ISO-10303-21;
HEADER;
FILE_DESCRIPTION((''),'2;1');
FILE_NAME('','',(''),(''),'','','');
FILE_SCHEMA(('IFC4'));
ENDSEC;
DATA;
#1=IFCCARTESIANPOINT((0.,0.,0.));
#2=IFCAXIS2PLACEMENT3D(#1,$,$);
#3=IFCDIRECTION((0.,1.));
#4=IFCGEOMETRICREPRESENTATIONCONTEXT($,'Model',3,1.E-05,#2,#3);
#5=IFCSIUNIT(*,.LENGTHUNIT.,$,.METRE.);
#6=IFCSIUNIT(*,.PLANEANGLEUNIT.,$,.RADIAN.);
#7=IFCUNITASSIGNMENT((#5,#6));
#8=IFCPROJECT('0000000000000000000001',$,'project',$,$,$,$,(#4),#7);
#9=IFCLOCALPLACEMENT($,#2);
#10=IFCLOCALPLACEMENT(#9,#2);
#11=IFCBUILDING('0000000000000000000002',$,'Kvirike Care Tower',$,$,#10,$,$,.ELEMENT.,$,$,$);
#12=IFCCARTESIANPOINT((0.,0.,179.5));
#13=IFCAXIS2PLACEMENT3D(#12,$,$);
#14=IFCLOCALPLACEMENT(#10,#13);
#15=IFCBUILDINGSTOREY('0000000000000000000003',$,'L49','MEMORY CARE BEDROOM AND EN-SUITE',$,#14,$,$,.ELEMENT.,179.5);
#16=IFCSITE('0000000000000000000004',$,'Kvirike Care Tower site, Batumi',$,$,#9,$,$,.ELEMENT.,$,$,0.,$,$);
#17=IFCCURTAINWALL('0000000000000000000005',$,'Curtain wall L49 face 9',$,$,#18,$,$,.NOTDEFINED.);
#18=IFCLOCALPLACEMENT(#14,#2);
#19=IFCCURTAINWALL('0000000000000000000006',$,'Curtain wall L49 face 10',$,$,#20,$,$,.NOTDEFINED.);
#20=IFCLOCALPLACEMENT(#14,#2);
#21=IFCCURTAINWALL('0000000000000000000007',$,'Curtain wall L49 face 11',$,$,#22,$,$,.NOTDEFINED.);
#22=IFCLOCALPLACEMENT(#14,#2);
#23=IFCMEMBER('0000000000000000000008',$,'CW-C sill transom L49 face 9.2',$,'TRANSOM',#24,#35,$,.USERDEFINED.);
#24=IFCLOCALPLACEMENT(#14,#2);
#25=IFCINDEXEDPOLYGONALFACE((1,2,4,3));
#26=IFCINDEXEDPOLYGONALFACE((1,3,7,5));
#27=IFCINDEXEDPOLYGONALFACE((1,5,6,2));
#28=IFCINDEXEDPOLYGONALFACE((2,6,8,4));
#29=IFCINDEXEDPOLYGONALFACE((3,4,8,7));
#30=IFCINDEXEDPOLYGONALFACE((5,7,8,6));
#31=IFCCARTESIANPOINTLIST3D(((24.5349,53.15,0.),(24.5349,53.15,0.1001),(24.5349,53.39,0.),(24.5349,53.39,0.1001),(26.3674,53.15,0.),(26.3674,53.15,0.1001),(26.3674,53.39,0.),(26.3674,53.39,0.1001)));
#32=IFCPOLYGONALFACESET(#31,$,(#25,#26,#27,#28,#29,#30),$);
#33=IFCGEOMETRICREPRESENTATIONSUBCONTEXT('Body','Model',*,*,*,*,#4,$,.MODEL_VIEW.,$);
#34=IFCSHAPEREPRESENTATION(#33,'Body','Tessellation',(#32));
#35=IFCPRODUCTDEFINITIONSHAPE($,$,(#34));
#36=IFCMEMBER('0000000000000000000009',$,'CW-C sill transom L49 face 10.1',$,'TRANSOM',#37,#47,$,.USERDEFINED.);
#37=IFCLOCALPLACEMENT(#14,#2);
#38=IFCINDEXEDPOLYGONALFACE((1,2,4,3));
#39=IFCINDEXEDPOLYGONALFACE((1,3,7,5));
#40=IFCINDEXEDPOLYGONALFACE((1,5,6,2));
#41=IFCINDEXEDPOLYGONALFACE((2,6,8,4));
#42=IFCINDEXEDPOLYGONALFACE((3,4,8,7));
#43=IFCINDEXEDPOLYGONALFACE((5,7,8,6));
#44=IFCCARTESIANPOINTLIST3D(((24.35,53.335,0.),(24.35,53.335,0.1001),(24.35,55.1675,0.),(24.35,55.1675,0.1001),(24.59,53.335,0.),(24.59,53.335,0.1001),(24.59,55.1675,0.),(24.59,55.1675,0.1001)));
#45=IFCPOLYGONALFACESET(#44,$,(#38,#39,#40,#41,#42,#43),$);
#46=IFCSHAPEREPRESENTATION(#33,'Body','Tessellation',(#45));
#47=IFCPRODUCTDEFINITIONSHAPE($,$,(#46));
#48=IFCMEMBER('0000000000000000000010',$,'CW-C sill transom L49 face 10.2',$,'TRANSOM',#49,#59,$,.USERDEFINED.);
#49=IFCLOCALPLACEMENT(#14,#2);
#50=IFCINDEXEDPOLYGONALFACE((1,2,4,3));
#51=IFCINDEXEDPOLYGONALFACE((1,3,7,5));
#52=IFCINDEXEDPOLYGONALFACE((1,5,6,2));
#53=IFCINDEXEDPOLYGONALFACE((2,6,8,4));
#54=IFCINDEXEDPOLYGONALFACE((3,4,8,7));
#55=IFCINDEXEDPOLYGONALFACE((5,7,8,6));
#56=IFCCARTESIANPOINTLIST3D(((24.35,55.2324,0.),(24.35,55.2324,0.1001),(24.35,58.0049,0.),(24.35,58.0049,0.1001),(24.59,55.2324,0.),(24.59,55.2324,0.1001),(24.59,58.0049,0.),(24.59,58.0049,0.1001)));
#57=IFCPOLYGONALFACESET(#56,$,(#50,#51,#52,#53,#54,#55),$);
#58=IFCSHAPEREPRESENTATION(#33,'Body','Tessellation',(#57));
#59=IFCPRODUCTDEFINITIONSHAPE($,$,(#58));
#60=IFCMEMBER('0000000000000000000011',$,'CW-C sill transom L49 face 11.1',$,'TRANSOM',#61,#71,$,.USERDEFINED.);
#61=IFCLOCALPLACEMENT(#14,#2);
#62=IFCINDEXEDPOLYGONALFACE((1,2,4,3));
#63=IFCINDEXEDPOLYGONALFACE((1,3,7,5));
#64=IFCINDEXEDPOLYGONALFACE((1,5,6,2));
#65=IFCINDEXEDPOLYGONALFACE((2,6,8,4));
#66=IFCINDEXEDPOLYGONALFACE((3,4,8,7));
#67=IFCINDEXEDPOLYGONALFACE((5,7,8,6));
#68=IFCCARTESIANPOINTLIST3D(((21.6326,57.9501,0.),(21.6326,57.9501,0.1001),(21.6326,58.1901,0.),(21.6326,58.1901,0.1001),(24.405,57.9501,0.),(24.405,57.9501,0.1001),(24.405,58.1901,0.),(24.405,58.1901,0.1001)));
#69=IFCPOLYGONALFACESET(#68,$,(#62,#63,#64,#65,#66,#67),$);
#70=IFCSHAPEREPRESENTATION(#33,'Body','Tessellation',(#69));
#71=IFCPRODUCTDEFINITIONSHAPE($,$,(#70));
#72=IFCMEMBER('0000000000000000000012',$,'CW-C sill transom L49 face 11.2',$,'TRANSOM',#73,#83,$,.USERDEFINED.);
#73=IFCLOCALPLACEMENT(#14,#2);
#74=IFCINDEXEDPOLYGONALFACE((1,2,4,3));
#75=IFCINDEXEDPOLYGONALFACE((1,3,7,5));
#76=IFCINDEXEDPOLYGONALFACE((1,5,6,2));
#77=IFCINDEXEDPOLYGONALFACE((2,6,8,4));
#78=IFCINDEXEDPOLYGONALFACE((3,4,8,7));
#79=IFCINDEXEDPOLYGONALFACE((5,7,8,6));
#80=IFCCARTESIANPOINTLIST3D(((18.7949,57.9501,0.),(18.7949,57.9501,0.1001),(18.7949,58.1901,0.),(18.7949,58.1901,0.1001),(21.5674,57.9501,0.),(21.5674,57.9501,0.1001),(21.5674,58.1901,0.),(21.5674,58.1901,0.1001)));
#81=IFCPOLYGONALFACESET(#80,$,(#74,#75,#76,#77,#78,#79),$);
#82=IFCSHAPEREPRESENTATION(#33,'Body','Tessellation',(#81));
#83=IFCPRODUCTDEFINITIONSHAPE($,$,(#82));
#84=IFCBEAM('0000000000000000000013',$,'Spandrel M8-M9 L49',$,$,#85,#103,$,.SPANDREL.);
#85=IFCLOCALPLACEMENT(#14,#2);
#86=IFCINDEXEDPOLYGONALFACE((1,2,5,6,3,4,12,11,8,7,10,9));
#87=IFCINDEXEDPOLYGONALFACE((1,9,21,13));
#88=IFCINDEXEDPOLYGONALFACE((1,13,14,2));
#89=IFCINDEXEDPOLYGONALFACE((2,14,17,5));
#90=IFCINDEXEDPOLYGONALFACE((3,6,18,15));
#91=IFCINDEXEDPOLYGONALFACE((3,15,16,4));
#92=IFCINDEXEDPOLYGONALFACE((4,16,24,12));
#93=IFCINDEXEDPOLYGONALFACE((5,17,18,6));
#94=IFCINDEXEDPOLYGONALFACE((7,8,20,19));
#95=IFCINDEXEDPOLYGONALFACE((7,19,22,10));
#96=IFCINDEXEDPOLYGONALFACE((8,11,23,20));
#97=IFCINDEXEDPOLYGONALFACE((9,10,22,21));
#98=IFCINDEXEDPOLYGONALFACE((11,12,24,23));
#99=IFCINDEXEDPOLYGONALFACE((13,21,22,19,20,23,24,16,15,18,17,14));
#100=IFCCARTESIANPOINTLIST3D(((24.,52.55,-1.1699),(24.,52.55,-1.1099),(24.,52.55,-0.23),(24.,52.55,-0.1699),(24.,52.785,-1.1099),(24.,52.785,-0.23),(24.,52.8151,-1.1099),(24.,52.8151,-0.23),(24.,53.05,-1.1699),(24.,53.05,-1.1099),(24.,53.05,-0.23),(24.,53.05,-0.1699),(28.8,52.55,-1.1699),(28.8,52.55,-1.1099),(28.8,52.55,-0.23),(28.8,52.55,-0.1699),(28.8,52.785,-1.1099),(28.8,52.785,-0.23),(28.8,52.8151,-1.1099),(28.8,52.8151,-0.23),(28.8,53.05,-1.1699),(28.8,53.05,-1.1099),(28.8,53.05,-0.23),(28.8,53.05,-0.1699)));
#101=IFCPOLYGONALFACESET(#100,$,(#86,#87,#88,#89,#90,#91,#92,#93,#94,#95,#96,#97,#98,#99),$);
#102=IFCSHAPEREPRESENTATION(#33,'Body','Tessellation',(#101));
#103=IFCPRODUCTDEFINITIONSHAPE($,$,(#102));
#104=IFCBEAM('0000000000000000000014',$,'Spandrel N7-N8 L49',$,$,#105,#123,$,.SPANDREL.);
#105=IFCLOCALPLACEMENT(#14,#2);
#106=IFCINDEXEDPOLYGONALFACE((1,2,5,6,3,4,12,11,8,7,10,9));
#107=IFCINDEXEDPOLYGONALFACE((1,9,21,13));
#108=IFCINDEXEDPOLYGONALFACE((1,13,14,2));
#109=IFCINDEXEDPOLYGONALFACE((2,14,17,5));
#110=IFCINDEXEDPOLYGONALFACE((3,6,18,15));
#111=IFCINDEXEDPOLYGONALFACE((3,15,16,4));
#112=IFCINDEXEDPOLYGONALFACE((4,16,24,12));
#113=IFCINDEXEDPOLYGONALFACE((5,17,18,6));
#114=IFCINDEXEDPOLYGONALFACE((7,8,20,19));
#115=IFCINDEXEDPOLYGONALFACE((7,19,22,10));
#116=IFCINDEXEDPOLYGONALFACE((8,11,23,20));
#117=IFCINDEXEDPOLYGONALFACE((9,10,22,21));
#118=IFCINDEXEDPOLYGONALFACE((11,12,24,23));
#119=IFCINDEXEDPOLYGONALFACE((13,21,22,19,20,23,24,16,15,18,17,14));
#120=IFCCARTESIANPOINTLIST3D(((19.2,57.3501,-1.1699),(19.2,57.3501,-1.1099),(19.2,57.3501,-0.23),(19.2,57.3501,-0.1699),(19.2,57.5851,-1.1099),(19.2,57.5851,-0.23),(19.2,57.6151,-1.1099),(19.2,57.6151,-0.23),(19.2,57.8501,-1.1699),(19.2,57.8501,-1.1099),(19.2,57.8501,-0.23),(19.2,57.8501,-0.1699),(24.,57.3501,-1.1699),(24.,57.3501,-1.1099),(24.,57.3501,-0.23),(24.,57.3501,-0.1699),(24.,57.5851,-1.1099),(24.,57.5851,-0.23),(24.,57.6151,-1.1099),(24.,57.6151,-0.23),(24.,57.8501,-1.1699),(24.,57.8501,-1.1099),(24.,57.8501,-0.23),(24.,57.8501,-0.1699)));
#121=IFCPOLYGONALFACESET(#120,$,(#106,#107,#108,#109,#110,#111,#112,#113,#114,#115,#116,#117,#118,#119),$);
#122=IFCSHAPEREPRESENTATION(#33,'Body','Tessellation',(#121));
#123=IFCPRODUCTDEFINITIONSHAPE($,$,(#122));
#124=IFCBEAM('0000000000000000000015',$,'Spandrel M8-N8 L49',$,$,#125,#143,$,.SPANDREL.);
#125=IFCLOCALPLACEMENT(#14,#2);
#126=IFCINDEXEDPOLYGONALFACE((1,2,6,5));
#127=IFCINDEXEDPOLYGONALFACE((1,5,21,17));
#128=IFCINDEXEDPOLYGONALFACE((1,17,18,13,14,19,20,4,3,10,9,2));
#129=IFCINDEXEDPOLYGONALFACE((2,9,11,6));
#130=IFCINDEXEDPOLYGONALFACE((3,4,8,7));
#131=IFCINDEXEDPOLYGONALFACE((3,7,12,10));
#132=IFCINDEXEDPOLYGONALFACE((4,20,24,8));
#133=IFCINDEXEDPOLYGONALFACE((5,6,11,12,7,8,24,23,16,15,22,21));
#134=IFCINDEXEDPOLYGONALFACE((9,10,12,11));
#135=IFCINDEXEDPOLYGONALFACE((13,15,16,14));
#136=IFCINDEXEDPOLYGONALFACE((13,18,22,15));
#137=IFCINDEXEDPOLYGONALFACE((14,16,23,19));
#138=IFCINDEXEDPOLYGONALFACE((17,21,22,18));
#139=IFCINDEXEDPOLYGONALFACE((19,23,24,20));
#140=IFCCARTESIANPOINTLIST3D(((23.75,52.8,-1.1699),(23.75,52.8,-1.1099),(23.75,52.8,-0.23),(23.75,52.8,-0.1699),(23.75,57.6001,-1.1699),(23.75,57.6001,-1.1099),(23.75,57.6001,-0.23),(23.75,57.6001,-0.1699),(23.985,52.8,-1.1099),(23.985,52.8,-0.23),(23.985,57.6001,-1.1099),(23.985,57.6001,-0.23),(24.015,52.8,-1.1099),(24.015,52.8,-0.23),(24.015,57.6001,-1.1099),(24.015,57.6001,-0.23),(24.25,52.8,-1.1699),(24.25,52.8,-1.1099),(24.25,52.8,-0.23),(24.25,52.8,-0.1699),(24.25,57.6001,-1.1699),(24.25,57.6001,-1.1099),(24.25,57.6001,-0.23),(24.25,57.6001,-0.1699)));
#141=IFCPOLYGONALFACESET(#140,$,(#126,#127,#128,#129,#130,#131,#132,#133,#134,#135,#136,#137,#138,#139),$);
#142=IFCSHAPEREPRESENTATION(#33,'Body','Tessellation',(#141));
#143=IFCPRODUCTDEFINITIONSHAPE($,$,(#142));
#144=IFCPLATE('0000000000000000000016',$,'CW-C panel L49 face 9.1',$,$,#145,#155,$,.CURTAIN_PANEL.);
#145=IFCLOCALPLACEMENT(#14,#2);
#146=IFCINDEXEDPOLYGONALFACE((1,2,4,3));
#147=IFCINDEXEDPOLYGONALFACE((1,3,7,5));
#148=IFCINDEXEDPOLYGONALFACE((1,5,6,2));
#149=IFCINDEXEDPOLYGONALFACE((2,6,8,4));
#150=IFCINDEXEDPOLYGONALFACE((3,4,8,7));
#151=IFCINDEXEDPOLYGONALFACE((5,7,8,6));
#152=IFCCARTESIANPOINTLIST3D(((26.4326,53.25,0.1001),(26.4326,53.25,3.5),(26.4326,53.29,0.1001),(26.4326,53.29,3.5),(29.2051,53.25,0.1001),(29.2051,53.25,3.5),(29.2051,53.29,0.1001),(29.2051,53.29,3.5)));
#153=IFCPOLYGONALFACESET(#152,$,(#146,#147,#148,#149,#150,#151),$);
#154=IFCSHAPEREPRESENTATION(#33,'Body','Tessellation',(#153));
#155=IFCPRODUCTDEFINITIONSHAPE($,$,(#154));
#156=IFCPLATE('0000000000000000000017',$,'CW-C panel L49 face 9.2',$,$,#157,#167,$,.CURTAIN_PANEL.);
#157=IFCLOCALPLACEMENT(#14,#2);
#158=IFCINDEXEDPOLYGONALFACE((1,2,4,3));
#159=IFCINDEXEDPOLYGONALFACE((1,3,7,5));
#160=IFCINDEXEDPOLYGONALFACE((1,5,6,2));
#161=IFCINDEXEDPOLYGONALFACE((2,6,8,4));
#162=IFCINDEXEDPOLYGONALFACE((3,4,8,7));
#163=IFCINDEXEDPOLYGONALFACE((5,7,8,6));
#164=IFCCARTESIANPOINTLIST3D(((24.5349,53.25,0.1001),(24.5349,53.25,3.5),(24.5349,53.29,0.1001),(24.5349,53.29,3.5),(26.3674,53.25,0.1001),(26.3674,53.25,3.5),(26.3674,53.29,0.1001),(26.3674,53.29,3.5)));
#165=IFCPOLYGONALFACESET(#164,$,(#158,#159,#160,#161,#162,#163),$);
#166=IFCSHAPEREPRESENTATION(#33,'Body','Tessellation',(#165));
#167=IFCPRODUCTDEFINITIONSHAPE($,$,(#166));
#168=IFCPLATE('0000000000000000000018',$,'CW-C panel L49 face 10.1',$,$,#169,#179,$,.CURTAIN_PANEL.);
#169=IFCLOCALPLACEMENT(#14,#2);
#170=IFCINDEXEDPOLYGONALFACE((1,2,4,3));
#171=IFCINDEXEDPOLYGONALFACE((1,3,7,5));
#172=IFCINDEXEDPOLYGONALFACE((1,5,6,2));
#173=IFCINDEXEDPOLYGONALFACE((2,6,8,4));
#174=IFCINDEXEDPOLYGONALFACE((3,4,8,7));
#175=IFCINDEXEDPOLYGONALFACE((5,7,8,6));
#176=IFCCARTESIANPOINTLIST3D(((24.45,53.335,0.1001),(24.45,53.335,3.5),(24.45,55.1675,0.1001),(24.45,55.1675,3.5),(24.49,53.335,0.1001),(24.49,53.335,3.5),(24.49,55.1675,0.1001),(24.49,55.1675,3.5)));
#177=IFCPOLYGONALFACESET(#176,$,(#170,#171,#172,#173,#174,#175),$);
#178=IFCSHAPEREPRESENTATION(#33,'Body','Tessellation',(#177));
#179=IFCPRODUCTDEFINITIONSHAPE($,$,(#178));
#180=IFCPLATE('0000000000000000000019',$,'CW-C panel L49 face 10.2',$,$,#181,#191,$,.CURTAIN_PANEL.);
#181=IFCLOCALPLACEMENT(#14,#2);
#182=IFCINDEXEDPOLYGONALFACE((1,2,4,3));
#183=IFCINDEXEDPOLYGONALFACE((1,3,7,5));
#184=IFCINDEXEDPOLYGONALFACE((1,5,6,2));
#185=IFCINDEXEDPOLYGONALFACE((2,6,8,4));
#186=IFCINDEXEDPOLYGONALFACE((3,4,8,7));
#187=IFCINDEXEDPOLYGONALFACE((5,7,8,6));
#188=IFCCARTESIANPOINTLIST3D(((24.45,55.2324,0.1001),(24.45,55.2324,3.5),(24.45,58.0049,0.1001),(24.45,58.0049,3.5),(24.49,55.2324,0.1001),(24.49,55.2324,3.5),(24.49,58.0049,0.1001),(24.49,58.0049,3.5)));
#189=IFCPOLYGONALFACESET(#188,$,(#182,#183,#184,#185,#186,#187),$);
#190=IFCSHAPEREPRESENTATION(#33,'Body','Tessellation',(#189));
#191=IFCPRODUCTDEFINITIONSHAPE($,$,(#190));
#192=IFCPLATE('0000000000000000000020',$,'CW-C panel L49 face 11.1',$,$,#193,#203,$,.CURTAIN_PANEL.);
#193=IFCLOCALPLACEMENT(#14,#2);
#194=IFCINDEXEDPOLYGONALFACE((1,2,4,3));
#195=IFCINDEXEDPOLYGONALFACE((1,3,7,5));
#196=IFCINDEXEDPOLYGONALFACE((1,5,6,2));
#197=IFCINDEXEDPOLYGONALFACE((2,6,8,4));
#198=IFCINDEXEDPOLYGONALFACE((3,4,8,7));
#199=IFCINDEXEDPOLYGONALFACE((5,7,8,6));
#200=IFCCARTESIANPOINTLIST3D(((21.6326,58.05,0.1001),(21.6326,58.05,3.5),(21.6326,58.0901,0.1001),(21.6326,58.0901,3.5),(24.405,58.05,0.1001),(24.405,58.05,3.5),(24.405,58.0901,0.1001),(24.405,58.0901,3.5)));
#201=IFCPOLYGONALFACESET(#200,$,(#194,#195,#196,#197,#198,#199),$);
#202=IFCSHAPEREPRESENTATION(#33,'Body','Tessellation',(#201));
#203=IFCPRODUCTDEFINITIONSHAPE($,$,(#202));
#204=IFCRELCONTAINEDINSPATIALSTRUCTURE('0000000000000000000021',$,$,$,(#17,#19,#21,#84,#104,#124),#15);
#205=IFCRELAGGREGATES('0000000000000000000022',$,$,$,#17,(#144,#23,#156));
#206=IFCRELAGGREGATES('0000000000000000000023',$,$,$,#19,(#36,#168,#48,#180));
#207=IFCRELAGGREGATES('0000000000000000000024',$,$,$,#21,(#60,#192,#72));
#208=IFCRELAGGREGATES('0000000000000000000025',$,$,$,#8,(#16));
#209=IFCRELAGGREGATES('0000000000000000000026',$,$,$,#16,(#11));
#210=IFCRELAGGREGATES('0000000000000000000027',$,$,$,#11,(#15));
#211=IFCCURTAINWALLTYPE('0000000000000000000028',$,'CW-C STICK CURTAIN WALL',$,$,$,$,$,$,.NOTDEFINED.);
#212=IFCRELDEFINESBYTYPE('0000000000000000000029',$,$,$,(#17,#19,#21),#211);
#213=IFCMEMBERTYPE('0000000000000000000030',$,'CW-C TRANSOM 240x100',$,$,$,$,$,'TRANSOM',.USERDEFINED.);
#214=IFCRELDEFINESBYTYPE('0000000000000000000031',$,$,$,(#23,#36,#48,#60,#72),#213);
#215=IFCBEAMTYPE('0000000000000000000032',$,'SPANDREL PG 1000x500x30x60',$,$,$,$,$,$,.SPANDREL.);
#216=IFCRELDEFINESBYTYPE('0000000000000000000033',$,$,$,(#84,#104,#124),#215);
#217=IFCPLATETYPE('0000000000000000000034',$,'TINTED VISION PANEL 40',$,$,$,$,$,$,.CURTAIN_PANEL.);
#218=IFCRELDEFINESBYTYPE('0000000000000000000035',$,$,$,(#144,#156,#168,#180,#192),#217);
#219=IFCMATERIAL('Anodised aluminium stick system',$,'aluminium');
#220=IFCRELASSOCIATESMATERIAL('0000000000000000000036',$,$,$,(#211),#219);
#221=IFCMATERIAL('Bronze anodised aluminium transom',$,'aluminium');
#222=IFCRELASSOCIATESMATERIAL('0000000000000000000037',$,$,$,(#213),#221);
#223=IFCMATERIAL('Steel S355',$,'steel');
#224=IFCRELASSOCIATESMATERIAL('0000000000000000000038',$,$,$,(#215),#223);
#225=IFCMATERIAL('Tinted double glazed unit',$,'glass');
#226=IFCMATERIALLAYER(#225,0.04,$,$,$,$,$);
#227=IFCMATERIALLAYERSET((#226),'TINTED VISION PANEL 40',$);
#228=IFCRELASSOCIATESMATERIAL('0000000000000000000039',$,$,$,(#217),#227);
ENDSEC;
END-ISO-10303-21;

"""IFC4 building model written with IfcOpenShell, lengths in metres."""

from ifc_helpers import new_model, si_unit, direction, frame, origin, origin_2d, place, context, subcontext, project, spatial, rectangle, i_section, extrude, material, layer, layer_set, material_profile, profile_set, type_object, element, aggregate, save


model = new_model("IFC4")

# Units and contexts
model_context = context("Model", 3, precision=1e-05, world=origin(), true_north=direction((0.0, 1.0)))
body_context = subcontext(model_context, "Body", "Model", "MODEL_VIEW")
ifc_project = project(units=[si_unit("LENGTHUNIT", "METRE"), si_unit("PLANEANGLEUNIT", "RADIAN")], contexts=[model_context])

# Site, building, storey
site_placement = place(None, origin())
site = spatial("IfcSite", under=ifc_project, at=site_placement, Name="Kvirike Care Tower site, Batumi", CompositionType="ELEMENT", RefElevation=0.0)
building_placement = place(site_placement, origin())
building = spatial("IfcBuilding", under=site, at=building_placement, Name="Kvirike Care Tower", CompositionType="ELEMENT")
storey_placement = place(building_placement, frame((0.0, 0.0, 179.5)))
storey = spatial("IfcBuildingStorey", under=building, at=storey_placement, Name="L49", Description="MEMORY CARE BEDROOM AND EN-SUITE", CompositionType="ELEMENT", Elevation=179.5)

# Curtain walls
ifc_material_1 = material(Name="Anodised aluminium stick system", Category="aluminium")
curtain_wall_type = type_object("IfcCurtainWallType", Name="CW-C STICK CURTAIN WALL", PredefinedType="NOTDEFINED", material=ifc_material_1)
curtain_wall_1_placement = place(storey_placement, origin())
curtain_wall_1 = element("IfcCurtainWall", 1, at=curtain_wall_1_placement, inside=storey, type_object=curtain_wall_type, Name="Curtain wall L49 face 9", PredefinedType="NOTDEFINED")
curtain_wall_2_placement = place(storey_placement, origin())
curtain_wall_2 = element("IfcCurtainWall", 2, at=curtain_wall_2_placement, inside=storey, type_object=curtain_wall_type, Name="Curtain wall L49 face 10", PredefinedType="NOTDEFINED")

# Curtain wall
curtain_wall_3_placement = place(storey_placement, origin())
curtain_wall_3 = element("IfcCurtainWall", 3, at=curtain_wall_3_placement, inside=storey, type_object=curtain_wall_type, Name="Curtain wall L49 face 11", PredefinedType="NOTDEFINED")

# Members
ifc_material_2 = material(Name="Bronze anodised aluminium transom", Category="aluminium")
ifc_material_profile_1 = material_profile(ifc_material_2, rectangle(XDim=0.24, YDim=0.1001, at=origin_2d()), Name="CW-C TRANSOM 240x100")
ifc_profile_set_1 = profile_set([ifc_material_profile_1], Name="Bronze anodised aluminium transom")
member_type_1 = type_object("IfcMemberType", Name="CW-C TRANSOM 240x100", ElementType="TRANSOM", PredefinedType="USERDEFINED", material=ifc_profile_set_1)
member_1_placement = place(storey_placement, frame((26.3674, 53.27, 0.05), z_axis=(-1.0, 0.0, 0.0), x_axis=(0.0, -1.0, 0.0)))
member_1 = element("IfcMember", 4, at=member_1_placement, type_object=member_type_1, Name="CW-C sill transom L49 face 9.2", ObjectType="TRANSOM", PredefinedType="USERDEFINED", context=body_context, shape_type="SweptSolid", body=[
    extrude(rectangle(XDim=0.24, YDim=0.1001, at=origin_2d()), origin(), (0.0, 0.0, 1.0), 1.8325),
])
member_2_placement = place(storey_placement, frame((24.47, 53.335, 0.05), z_axis=(0.0, 1.0, 0.0), x_axis=(-1.0, 0.0, 0.0)))
member_2 = element("IfcMember", 5, at=member_2_placement, type_object=member_type_1, Name="CW-C sill transom L49 face 10.1", ObjectType="TRANSOM", PredefinedType="USERDEFINED", context=body_context, shape_type="SweptSolid", body=[
    extrude(rectangle(XDim=0.24, YDim=0.1001, at=origin_2d()), origin(), (0.0, 0.0, 1.0), 1.8325),
])
member_3_placement = place(storey_placement, frame((24.47, 55.2324, 0.05), z_axis=(0.0, 1.0, 0.0), x_axis=(-1.0, 0.0, 0.0)))
member_3 = element("IfcMember", 6, at=member_3_placement, type_object=member_type_1, Name="CW-C sill transom L49 face 10.2", ObjectType="TRANSOM", PredefinedType="USERDEFINED", context=body_context, shape_type="SweptSolid", body=[
    extrude(rectangle(XDim=0.24, YDim=0.1001, at=origin_2d()), origin(), (0.0, 0.0, 1.0), 2.7725),
])
member_4_placement = place(storey_placement, frame((24.405, 58.0701, 0.05), z_axis=(-1.0, 0.0, 0.0), x_axis=(0.0, -1.0, 0.0)))
member_4 = element("IfcMember", 7, at=member_4_placement, type_object=member_type_1, Name="CW-C sill transom L49 face 11.1", ObjectType="TRANSOM", PredefinedType="USERDEFINED", context=body_context, shape_type="SweptSolid", body=[
    extrude(rectangle(XDim=0.24, YDim=0.1001, at=origin_2d()), origin(), (0.0, 0.0, 1.0), 2.7725),
])
member_5_placement = place(storey_placement, frame((21.5674, 58.0701, 0.05), z_axis=(-1.0, 0.0, 0.0), x_axis=(0.0, -1.0, 0.0)))
member_5 = element("IfcMember", 8, at=member_5_placement, type_object=member_type_1, Name="CW-C sill transom L49 face 11.2", ObjectType="TRANSOM", PredefinedType="USERDEFINED", context=body_context, shape_type="SweptSolid", body=[
    extrude(rectangle(XDim=0.24, YDim=0.1001, at=origin_2d()), origin(), (0.0, 0.0, 1.0), 2.7725),
])

# Beams
ifc_material_3 = material(Name="Steel S355", Category="steel")
ifc_material_profile_2 = material_profile(ifc_material_3, i_section(OverallWidth=0.5, OverallDepth=1.0, WebThickness=0.03, FlangeThickness=0.0601, at=origin_2d()), Name="PG 1000x500x30x60")
ifc_profile_set_2 = profile_set([ifc_material_profile_2], Name="Steel S355")
beam_type = type_object("IfcBeamType", Name="SPANDREL PG 1000x500x30x60", PredefinedType="SPANDREL", material=ifc_profile_set_2)
for number, where, z_axis, x_axis, name in (
    (9, (24.0, 52.8, -0.6699), (1.0, 0.0, 0.0), (0.0, 1.0, 0.0), "Spandrel M8-M9 L49"),
    (10, (19.2, 57.6001, -0.6699), (1.0, 0.0, 0.0), (0.0, 1.0, 0.0), "Spandrel N7-N8 L49"),
    (11, (24.0, 52.8, -0.6699), (0.0, 1.0, 0.0), (-1.0, 0.0, 0.0), "Spandrel M8-N8 L49"),
):
    element("IfcBeam", number, at=place(storey_placement, frame(where, z_axis=z_axis, x_axis=x_axis)), inside=storey, type_object=beam_type, Name=name, PredefinedType="SPANDREL", context=body_context, shape_type="SweptSolid", body=[
        extrude(i_section(OverallWidth=0.5, OverallDepth=1.0, WebThickness=0.03, FlangeThickness=0.0601, at=origin_2d()), origin(), (0.0, 0.0, 1.0), 4.8),
    ])

# Plates
ifc_material_4 = material(Name="Tinted double glazed unit", Category="glass")
ifc_layer_1 = layer(ifc_material_4, 0.04)
ifc_layer_set_1 = layer_set([ifc_layer_1], Name="TINTED VISION PANEL 40")
plate_type = type_object("IfcPlateType", Name="TINTED VISION PANEL 40", PredefinedType="CURTAIN_PANEL", material=ifc_layer_set_1)
plate_1_placement = place(storey_placement, frame((27.8188, 53.27, 0.1001), z_axis=(0.0, 0.0, 1.0), x_axis=(-1.0, 0.0, 0.0)))
plate_1 = element("IfcPlate", 12, at=plate_1_placement, type_object=plate_type, Name="CW-C panel L49 face 9.1", PredefinedType="CURTAIN_PANEL", context=body_context, shape_type="SweptSolid", body=[
    extrude(rectangle(XDim=2.7725, YDim=0.04, at=origin_2d()), origin(), (0.0, 0.0, 1.0), 3.3999),
])
plate_2_placement = place(storey_placement, frame((25.4512, 53.27, 0.1001), z_axis=(0.0, 0.0, 1.0), x_axis=(-1.0, 0.0, 0.0)))
plate_2 = element("IfcPlate", 13, at=plate_2_placement, type_object=plate_type, Name="CW-C panel L49 face 9.2", PredefinedType="CURTAIN_PANEL", context=body_context, shape_type="SweptSolid", body=[
    extrude(rectangle(XDim=1.8325, YDim=0.04, at=origin_2d()), origin(), (0.0, 0.0, 1.0), 3.3999),
])
aggregate(curtain_wall_1, [plate_1, member_1, plate_2])
plate_3_placement = place(storey_placement, frame((24.47, 54.2512, 0.1001), z_axis=(0.0, 0.0, 1.0), x_axis=(0.0, 1.0, 0.0)))
plate_3 = element("IfcPlate", 14, at=plate_3_placement, type_object=plate_type, Name="CW-C panel L49 face 10.1", PredefinedType="CURTAIN_PANEL", context=body_context, shape_type="SweptSolid", body=[
    extrude(rectangle(XDim=1.8325, YDim=0.04, at=origin_2d()), origin(), (0.0, 0.0, 1.0), 3.3999),
])
plate_4_placement = place(storey_placement, frame((24.47, 56.6187, 0.1001), z_axis=(0.0, 0.0, 1.0), x_axis=(0.0, 1.0, 0.0)))
plate_4 = element("IfcPlate", 15, at=plate_4_placement, type_object=plate_type, Name="CW-C panel L49 face 10.2", PredefinedType="CURTAIN_PANEL", context=body_context, shape_type="SweptSolid", body=[
    extrude(rectangle(XDim=2.7725, YDim=0.04, at=origin_2d()), origin(), (0.0, 0.0, 1.0), 3.3999),
])
aggregate(curtain_wall_2, [member_2, plate_3, member_3, plate_4])
plate_5_placement = place(storey_placement, frame((23.0188, 58.0701, 0.1001), z_axis=(0.0, 0.0, 1.0), x_axis=(-1.0, 0.0, 0.0)))
plate_5 = element("IfcPlate", 16, at=plate_5_placement, type_object=plate_type, Name="CW-C panel L49 face 11.1", PredefinedType="CURTAIN_PANEL", context=body_context, shape_type="SweptSolid", body=[
    extrude(rectangle(XDim=2.7725, YDim=0.04, at=origin_2d()), origin(), (0.0, 0.0, 1.0), 3.3999),
])
aggregate(curtain_wall_3, [member_4, plate_5, member_5])

save(model, "model.ifc")
